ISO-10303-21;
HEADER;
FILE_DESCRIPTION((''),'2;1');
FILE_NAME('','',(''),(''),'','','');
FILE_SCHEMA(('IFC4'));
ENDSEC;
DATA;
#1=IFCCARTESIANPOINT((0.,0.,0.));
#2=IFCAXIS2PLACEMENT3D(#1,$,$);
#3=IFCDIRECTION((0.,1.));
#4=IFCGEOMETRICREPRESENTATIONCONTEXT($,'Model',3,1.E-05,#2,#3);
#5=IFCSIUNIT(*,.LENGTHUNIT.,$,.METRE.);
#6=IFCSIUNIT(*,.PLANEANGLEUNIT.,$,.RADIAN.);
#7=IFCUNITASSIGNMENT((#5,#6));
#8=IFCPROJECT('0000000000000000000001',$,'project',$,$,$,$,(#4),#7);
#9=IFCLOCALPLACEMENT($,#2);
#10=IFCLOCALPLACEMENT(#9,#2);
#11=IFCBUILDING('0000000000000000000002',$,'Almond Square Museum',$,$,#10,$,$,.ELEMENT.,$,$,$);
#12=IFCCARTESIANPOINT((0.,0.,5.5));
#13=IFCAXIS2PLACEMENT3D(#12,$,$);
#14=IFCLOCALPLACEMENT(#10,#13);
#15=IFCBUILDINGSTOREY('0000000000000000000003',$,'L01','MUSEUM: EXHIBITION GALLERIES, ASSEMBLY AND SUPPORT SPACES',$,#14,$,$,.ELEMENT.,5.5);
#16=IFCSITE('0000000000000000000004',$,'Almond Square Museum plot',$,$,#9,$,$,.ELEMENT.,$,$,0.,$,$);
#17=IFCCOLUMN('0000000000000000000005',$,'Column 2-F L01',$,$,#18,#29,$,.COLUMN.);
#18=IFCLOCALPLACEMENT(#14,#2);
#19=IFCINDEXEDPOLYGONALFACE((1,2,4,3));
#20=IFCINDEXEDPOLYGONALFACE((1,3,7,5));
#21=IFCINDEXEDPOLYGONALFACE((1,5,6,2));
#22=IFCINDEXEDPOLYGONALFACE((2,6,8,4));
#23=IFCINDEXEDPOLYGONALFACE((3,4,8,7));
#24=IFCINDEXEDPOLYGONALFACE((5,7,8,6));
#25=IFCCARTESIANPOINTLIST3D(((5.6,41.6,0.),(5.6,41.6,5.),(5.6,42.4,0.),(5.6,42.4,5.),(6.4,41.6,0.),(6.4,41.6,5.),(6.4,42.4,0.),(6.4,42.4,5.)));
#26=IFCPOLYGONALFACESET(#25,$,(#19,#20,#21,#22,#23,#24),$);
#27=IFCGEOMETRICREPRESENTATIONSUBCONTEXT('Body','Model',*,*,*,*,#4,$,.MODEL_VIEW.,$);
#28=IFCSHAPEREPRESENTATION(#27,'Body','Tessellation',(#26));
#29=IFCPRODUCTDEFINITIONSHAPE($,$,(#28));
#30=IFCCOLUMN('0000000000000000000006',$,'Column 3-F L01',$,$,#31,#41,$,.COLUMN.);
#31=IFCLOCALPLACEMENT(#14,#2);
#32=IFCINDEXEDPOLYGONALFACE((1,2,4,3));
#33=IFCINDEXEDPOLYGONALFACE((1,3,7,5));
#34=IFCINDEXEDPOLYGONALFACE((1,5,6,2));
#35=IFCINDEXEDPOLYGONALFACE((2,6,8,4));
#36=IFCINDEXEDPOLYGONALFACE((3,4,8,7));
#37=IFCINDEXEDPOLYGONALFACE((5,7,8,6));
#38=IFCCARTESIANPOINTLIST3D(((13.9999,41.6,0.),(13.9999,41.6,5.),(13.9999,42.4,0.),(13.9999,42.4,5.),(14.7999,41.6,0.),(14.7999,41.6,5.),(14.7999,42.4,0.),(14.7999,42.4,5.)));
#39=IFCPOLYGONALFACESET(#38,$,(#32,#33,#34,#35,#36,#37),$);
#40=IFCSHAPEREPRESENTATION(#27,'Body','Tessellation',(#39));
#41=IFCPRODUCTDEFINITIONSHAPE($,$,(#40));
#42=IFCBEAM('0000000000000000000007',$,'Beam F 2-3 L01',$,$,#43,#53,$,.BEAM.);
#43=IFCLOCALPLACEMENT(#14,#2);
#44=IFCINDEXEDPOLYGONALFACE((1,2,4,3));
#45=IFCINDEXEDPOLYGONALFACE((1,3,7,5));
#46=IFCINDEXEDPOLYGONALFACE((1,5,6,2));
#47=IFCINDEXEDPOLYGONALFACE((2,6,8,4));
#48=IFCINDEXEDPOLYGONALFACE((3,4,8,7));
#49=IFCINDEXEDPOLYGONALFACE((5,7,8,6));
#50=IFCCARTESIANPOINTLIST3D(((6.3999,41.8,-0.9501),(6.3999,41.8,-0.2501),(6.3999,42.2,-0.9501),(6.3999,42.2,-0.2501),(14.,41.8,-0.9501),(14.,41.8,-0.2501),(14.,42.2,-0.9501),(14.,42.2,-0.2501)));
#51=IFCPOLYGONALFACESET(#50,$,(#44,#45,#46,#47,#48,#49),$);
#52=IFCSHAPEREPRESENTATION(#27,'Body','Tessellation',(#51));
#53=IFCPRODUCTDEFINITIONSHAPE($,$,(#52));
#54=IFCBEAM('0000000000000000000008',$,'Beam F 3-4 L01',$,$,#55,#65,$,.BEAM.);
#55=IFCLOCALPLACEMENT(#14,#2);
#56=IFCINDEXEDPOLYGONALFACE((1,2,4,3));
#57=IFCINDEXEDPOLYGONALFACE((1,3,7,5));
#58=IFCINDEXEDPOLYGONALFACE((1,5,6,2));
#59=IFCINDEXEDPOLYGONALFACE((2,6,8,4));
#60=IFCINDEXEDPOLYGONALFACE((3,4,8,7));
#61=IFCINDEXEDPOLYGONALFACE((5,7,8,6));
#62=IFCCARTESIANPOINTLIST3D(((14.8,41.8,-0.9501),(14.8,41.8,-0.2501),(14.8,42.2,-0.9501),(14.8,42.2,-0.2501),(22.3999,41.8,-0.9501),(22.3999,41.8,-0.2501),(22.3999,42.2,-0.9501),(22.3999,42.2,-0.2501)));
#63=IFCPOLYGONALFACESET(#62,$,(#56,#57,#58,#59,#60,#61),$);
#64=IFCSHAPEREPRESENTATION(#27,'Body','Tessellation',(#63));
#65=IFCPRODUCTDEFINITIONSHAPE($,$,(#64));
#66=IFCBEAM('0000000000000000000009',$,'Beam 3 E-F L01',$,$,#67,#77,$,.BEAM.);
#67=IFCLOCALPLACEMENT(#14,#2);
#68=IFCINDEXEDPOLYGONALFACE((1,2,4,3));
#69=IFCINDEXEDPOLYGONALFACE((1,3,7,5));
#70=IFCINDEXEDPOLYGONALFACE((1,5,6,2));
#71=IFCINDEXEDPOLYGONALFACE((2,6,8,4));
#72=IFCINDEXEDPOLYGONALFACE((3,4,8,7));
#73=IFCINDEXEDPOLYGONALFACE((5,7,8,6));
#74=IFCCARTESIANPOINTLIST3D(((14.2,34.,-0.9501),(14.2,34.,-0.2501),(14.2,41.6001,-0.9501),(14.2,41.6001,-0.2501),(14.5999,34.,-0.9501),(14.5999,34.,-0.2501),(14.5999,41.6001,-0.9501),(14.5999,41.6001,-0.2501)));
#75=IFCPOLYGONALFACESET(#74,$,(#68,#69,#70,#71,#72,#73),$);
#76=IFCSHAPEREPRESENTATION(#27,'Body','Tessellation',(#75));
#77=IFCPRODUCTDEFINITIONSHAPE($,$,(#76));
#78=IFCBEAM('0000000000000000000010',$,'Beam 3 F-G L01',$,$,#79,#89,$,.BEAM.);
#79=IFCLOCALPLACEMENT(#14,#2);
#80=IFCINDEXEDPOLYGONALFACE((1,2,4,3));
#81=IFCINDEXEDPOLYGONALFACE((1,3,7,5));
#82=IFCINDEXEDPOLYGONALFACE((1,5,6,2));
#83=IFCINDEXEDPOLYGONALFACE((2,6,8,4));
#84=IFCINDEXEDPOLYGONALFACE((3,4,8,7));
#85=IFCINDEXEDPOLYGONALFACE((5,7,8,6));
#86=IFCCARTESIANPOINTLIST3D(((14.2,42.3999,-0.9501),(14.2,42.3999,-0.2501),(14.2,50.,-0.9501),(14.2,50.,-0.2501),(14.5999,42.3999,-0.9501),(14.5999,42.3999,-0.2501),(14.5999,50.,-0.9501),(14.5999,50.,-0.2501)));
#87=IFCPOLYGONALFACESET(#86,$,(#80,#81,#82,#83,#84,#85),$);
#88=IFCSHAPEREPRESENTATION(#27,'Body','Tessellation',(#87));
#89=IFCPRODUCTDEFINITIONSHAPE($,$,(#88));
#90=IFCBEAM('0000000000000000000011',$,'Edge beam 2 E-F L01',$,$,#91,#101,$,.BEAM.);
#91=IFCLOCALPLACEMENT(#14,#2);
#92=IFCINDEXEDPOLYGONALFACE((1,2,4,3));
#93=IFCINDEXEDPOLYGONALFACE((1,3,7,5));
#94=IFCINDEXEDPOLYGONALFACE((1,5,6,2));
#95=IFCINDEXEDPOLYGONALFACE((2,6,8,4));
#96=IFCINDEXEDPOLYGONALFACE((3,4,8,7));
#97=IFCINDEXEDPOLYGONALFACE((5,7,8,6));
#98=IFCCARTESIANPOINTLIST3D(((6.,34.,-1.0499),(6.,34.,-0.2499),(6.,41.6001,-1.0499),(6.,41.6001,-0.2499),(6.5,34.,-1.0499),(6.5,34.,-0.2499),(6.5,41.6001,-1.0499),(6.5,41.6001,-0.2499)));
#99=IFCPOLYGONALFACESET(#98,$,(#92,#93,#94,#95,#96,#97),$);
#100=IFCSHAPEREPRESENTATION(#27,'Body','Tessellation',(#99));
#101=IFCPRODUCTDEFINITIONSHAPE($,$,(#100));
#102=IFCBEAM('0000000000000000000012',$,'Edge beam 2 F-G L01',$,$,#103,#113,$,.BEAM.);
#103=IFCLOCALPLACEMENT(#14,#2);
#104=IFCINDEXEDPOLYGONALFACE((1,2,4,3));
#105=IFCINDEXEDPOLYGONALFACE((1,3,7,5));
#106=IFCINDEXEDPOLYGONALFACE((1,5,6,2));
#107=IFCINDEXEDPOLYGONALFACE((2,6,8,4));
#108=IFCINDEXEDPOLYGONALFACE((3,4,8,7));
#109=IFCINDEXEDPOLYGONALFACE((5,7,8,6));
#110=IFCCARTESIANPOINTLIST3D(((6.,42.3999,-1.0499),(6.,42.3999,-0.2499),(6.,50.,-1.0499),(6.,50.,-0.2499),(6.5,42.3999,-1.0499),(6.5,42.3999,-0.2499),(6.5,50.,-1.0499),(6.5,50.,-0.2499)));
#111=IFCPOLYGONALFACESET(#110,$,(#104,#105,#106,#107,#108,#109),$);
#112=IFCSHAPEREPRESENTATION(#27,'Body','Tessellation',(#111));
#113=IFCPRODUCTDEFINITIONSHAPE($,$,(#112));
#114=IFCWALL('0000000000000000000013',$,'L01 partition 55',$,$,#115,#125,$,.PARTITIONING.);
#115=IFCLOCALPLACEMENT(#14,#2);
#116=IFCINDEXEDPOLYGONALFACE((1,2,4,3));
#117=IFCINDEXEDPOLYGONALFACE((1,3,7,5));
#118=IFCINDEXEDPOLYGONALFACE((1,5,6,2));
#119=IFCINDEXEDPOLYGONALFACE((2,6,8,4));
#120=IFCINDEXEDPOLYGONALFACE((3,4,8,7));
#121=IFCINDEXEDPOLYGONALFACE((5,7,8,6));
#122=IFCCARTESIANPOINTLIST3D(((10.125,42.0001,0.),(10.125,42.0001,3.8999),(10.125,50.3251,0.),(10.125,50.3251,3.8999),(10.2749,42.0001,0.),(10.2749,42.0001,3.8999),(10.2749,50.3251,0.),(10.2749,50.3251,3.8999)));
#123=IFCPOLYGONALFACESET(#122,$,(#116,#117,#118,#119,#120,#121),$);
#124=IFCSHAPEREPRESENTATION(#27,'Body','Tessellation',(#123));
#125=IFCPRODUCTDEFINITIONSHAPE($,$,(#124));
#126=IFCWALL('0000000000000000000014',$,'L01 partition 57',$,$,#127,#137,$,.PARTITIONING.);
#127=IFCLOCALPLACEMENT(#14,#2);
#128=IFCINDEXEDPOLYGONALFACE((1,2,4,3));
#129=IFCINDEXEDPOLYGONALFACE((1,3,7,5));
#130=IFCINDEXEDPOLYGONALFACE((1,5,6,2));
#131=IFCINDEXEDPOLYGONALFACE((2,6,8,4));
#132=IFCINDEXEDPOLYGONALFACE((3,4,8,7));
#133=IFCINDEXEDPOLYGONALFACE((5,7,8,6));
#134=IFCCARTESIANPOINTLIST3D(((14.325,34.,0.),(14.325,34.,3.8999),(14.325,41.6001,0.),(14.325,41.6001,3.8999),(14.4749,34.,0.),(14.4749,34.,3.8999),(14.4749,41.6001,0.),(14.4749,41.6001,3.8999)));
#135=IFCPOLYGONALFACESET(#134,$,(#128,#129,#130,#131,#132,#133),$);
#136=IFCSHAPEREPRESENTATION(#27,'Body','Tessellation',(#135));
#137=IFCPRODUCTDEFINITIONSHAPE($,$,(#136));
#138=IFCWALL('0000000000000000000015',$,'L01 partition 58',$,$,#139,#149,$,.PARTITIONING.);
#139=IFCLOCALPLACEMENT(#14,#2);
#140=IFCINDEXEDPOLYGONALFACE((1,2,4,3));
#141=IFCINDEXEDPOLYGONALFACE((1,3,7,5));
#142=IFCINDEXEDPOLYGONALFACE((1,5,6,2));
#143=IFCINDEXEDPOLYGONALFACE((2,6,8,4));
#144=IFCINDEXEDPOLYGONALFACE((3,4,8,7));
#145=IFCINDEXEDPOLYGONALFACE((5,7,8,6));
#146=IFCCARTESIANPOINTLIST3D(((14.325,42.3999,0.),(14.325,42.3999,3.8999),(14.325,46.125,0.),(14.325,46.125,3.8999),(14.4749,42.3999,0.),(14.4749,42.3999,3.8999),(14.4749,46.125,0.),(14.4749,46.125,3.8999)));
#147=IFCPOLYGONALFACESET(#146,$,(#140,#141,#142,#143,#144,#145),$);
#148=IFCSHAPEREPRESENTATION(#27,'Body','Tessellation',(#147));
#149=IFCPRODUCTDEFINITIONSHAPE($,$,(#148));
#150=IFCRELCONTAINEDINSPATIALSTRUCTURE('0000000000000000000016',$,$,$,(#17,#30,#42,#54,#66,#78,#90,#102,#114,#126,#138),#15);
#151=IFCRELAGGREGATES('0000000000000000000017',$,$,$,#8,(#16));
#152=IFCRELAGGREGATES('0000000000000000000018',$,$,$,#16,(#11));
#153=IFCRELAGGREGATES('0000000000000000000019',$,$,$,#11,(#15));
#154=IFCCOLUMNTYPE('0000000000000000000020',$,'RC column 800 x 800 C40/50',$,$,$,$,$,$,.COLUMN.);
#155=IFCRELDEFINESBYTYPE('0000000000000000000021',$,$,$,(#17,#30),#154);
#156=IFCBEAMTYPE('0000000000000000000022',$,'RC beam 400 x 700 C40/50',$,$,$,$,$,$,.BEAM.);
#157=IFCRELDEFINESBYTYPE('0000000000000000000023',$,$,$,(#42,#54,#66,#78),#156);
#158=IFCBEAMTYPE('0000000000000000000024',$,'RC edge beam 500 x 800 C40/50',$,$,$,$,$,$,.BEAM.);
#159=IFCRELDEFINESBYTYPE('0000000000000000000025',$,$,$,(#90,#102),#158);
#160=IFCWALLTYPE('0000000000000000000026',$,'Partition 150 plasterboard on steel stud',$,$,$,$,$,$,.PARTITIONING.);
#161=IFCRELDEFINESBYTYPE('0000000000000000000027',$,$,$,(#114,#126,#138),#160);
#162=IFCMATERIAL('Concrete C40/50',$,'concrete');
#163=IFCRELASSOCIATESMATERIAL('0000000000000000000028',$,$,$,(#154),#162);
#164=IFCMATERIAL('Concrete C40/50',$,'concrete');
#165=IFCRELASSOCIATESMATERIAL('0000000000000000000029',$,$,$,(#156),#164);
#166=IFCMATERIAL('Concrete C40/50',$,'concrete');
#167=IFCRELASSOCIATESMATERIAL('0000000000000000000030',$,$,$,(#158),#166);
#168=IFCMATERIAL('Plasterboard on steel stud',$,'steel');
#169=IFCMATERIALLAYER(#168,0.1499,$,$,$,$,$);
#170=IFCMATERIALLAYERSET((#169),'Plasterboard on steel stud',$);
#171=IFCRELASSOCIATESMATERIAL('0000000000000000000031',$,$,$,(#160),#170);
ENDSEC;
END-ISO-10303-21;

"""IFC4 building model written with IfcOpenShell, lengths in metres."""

from ifc_helpers import new_model, si_unit, direction, frame, frame_2d, origin, origin_2d, place, context, subcontext, project, spatial, rectangle, extrude, material, layer, layer_set, material_profile, profile_set, type_object, element, save


model = new_model("IFC4")

# Units and contexts
model_context = context("Model", 3, precision=1e-05, world=origin(), true_north=direction((0.0, 1.0)))
body_context = subcontext(model_context, "Body", "Model", "MODEL_VIEW")
ifc_project = project(units=[si_unit("LENGTHUNIT", "METRE"), si_unit("PLANEANGLEUNIT", "RADIAN")], contexts=[model_context])

# Site, building, storey
site_placement = place(None, origin())
site = spatial("IfcSite", under=ifc_project, at=site_placement, Name="Almond Square Museum plot", CompositionType="ELEMENT", RefElevation=0.0)
building_placement = place(site_placement, origin())
building = spatial("IfcBuilding", under=site, at=building_placement, Name="Almond Square Museum", CompositionType="ELEMENT")
storey_placement = place(building_placement, frame((0.0, 0.0, 5.5)))
storey = spatial("IfcBuildingStorey", under=building, at=storey_placement, Name="L01", Description="MUSEUM: EXHIBITION GALLERIES, ASSEMBLY AND SUPPORT SPACES", CompositionType="ELEMENT", Elevation=5.5)

# Columns
ifc_material_1 = material(Name="Concrete C40/50", Category="concrete")
ifc_material_profile_1 = material_profile(ifc_material_1, rectangle(XDim=0.8, YDim=0.8, at=origin_2d()))
ifc_profile_set_1 = profile_set([ifc_material_profile_1], Name="Concrete C40/50")
column_type = type_object("IfcColumnType", Name="RC column 800 x 800 C40/50", PredefinedType="COLUMN", material=ifc_profile_set_1)
for number, where, z_axis, x_axis, name in (
    (1, (6.0, 42.0, 0.0), (0.0, 0.0, 1.0), (1.0, 0.0, 0.0), "Column 2-F L01"),
    (2, (14.3999, 42.0, 0.0), (0.0, 0.0, 1.0), (1.0, 0.0, 0.0), "Column 3-F L01"),
):
    element("IfcColumn", number, at=place(storey_placement, frame(where, z_axis=z_axis, x_axis=x_axis)), inside=storey, type_object=column_type, Name=name, PredefinedType="COLUMN", context=body_context, shape_type="SweptSolid", body=[
        extrude(rectangle(XDim=0.8, YDim=0.8, at=origin_2d()), origin(), (0.0, 0.0, 1.0), 5.0),
    ])

# Beams
ifc_material_2 = material(Name="Concrete C40/50", Category="concrete")
ifc_material_profile_2 = material_profile(ifc_material_2, rectangle(XDim=0.3999, YDim=0.7, at=origin_2d()))
ifc_profile_set_2 = profile_set([ifc_material_profile_2], Name="Concrete C40/50")
beam_type_1 = type_object("IfcBeamType", Name="RC beam 400 x 700 C40/50", PredefinedType="BEAM", material=ifc_profile_set_2)
beam_1_placement = place(storey_placement, frame((6.3999, 42.0, -0.6001), z_axis=(1.0, 0.0, 0.0), x_axis=(0.0, 1.0, 0.0)))
element("IfcBeam", 3, at=beam_1_placement, inside=storey, type_object=beam_type_1, Name="Beam F 2-3 L01", PredefinedType="BEAM", context=body_context, shape_type="SweptSolid", body=[
    extrude(rectangle(XDim=0.3999, YDim=0.7, at=origin_2d()), origin(), (0.0, 0.0, 1.0), 7.6001),
])
beam_2_placement = place(storey_placement, frame((14.8, 42.0, -0.6001), z_axis=(1.0, 0.0, 0.0), x_axis=(0.0, 1.0, 0.0)))
element("IfcBeam", 4, at=beam_2_placement, inside=storey, type_object=beam_type_1, Name="Beam F 3-4 L01", PredefinedType="BEAM", context=body_context, shape_type="SweptSolid", body=[
    extrude(rectangle(XDim=0.3999, YDim=0.7, at=origin_2d()), origin(), (0.0, 0.0, 1.0), 7.5999),
])
for number, where, z_axis, x_axis, name in (
    (5, (14.3999, 34.0, -0.6001), (0.0, 1.0, 0.0), (-1.0, 0.0, 0.0), "Beam 3 E-F L01"),
    (6, (14.3999, 42.3999, -0.6001), (0.0, 1.0, 0.0), (-1.0, 0.0, 0.0), "Beam 3 F-G L01"),
):
    element("IfcBeam", number, at=place(storey_placement, frame(where, z_axis=z_axis, x_axis=x_axis)), inside=storey, type_object=beam_type_1, Name=name, PredefinedType="BEAM", context=body_context, shape_type="SweptSolid", body=[
        extrude(rectangle(XDim=0.3999, YDim=0.7, at=origin_2d()), origin(), (0.0, 0.0, 1.0), 7.6001),
    ])
ifc_material_3 = material(Name="Concrete C40/50", Category="concrete")
ifc_material_profile_3 = material_profile(ifc_material_3, rectangle(XDim=0.5, YDim=0.8, at=origin_2d()))
ifc_profile_set_3 = profile_set([ifc_material_profile_3], Name="Concrete C40/50")
beam_type_2 = type_object("IfcBeamType", Name="RC edge beam 500 x 800 C40/50", PredefinedType="BEAM", material=ifc_profile_set_3)
for number, where, z_axis, x_axis, name in (
    (7, (6.25, 34.0, -0.6499), (0.0, 1.0, 0.0), (-1.0, 0.0, 0.0), "Edge beam 2 E-F L01"),
    (8, (6.25, 42.3999, -0.6499), (0.0, 1.0, 0.0), (-1.0, 0.0, 0.0), "Edge beam 2 F-G L01"),
):
    element("IfcBeam", number, at=place(storey_placement, frame(where, z_axis=z_axis, x_axis=x_axis)), inside=storey, type_object=beam_type_2, Name=name, PredefinedType="BEAM", context=body_context, shape_type="SweptSolid", body=[
        extrude(rectangle(XDim=0.5, YDim=0.8, at=origin_2d()), origin(), (0.0, 0.0, 1.0), 7.6001),
    ])

# Walls
ifc_material_4 = material(Name="Plasterboard on steel stud", Category="steel")
ifc_layer_1 = layer(ifc_material_4, 0.1499)
ifc_layer_set_1 = layer_set([ifc_layer_1], Name="Plasterboard on steel stud")
wall_type_1 = type_object("IfcWallType", Name="Partition 150 plasterboard on steel stud", PredefinedType="PARTITIONING", material=ifc_layer_set_1)
wall_1_placement = place(storey_placement, frame((10.2, 42.0, 0.0), z_axis=(0.0, 0.0, 1.0), x_axis=(0.0, 1.0, 0.0)))
element("IfcWall", 9, at=wall_1_placement, inside=storey, type_object=wall_type_1, Name="L01 partition 55", PredefinedType="PARTITIONING", context=body_context, shape_type="SweptSolid", body=[
    extrude(rectangle(XDim=8.325, YDim=0.1499, at=frame_2d((4.1626, 0.0))), origin(), (0.0, 0.0, 1.0), 3.8999),
])
wall_2_placement = place(storey_placement, frame((14.3999, 34.0, 0.0), z_axis=(0.0, 0.0, 1.0), x_axis=(0.0, 1.0, 0.0)))
element("IfcWall", 10, at=wall_2_placement, inside=storey, type_object=wall_type_1, Name="L01 partition 57", PredefinedType="PARTITIONING", context=body_context, shape_type="SweptSolid", body=[
    extrude(rectangle(XDim=7.6001, YDim=0.1499, at=frame_2d((3.8, 0.0))), origin(), (0.0, 0.0, 1.0), 3.8999),
])
wall_3_placement = place(storey_placement, frame((14.3999, 42.3999, 0.0), z_axis=(0.0, 0.0, 1.0), x_axis=(0.0, 1.0, 0.0)))
element("IfcWall", 11, at=wall_3_placement, inside=storey, type_object=wall_type_1, Name="L01 partition 58", PredefinedType="PARTITIONING", context=body_context, shape_type="SweptSolid", body=[
    extrude(rectangle(XDim=3.7251, YDim=0.1499, at=frame_2d((1.8625, 0.0))), origin(), (0.0, 0.0, 1.0), 3.8999),
])

save(model, "model.ifc")
